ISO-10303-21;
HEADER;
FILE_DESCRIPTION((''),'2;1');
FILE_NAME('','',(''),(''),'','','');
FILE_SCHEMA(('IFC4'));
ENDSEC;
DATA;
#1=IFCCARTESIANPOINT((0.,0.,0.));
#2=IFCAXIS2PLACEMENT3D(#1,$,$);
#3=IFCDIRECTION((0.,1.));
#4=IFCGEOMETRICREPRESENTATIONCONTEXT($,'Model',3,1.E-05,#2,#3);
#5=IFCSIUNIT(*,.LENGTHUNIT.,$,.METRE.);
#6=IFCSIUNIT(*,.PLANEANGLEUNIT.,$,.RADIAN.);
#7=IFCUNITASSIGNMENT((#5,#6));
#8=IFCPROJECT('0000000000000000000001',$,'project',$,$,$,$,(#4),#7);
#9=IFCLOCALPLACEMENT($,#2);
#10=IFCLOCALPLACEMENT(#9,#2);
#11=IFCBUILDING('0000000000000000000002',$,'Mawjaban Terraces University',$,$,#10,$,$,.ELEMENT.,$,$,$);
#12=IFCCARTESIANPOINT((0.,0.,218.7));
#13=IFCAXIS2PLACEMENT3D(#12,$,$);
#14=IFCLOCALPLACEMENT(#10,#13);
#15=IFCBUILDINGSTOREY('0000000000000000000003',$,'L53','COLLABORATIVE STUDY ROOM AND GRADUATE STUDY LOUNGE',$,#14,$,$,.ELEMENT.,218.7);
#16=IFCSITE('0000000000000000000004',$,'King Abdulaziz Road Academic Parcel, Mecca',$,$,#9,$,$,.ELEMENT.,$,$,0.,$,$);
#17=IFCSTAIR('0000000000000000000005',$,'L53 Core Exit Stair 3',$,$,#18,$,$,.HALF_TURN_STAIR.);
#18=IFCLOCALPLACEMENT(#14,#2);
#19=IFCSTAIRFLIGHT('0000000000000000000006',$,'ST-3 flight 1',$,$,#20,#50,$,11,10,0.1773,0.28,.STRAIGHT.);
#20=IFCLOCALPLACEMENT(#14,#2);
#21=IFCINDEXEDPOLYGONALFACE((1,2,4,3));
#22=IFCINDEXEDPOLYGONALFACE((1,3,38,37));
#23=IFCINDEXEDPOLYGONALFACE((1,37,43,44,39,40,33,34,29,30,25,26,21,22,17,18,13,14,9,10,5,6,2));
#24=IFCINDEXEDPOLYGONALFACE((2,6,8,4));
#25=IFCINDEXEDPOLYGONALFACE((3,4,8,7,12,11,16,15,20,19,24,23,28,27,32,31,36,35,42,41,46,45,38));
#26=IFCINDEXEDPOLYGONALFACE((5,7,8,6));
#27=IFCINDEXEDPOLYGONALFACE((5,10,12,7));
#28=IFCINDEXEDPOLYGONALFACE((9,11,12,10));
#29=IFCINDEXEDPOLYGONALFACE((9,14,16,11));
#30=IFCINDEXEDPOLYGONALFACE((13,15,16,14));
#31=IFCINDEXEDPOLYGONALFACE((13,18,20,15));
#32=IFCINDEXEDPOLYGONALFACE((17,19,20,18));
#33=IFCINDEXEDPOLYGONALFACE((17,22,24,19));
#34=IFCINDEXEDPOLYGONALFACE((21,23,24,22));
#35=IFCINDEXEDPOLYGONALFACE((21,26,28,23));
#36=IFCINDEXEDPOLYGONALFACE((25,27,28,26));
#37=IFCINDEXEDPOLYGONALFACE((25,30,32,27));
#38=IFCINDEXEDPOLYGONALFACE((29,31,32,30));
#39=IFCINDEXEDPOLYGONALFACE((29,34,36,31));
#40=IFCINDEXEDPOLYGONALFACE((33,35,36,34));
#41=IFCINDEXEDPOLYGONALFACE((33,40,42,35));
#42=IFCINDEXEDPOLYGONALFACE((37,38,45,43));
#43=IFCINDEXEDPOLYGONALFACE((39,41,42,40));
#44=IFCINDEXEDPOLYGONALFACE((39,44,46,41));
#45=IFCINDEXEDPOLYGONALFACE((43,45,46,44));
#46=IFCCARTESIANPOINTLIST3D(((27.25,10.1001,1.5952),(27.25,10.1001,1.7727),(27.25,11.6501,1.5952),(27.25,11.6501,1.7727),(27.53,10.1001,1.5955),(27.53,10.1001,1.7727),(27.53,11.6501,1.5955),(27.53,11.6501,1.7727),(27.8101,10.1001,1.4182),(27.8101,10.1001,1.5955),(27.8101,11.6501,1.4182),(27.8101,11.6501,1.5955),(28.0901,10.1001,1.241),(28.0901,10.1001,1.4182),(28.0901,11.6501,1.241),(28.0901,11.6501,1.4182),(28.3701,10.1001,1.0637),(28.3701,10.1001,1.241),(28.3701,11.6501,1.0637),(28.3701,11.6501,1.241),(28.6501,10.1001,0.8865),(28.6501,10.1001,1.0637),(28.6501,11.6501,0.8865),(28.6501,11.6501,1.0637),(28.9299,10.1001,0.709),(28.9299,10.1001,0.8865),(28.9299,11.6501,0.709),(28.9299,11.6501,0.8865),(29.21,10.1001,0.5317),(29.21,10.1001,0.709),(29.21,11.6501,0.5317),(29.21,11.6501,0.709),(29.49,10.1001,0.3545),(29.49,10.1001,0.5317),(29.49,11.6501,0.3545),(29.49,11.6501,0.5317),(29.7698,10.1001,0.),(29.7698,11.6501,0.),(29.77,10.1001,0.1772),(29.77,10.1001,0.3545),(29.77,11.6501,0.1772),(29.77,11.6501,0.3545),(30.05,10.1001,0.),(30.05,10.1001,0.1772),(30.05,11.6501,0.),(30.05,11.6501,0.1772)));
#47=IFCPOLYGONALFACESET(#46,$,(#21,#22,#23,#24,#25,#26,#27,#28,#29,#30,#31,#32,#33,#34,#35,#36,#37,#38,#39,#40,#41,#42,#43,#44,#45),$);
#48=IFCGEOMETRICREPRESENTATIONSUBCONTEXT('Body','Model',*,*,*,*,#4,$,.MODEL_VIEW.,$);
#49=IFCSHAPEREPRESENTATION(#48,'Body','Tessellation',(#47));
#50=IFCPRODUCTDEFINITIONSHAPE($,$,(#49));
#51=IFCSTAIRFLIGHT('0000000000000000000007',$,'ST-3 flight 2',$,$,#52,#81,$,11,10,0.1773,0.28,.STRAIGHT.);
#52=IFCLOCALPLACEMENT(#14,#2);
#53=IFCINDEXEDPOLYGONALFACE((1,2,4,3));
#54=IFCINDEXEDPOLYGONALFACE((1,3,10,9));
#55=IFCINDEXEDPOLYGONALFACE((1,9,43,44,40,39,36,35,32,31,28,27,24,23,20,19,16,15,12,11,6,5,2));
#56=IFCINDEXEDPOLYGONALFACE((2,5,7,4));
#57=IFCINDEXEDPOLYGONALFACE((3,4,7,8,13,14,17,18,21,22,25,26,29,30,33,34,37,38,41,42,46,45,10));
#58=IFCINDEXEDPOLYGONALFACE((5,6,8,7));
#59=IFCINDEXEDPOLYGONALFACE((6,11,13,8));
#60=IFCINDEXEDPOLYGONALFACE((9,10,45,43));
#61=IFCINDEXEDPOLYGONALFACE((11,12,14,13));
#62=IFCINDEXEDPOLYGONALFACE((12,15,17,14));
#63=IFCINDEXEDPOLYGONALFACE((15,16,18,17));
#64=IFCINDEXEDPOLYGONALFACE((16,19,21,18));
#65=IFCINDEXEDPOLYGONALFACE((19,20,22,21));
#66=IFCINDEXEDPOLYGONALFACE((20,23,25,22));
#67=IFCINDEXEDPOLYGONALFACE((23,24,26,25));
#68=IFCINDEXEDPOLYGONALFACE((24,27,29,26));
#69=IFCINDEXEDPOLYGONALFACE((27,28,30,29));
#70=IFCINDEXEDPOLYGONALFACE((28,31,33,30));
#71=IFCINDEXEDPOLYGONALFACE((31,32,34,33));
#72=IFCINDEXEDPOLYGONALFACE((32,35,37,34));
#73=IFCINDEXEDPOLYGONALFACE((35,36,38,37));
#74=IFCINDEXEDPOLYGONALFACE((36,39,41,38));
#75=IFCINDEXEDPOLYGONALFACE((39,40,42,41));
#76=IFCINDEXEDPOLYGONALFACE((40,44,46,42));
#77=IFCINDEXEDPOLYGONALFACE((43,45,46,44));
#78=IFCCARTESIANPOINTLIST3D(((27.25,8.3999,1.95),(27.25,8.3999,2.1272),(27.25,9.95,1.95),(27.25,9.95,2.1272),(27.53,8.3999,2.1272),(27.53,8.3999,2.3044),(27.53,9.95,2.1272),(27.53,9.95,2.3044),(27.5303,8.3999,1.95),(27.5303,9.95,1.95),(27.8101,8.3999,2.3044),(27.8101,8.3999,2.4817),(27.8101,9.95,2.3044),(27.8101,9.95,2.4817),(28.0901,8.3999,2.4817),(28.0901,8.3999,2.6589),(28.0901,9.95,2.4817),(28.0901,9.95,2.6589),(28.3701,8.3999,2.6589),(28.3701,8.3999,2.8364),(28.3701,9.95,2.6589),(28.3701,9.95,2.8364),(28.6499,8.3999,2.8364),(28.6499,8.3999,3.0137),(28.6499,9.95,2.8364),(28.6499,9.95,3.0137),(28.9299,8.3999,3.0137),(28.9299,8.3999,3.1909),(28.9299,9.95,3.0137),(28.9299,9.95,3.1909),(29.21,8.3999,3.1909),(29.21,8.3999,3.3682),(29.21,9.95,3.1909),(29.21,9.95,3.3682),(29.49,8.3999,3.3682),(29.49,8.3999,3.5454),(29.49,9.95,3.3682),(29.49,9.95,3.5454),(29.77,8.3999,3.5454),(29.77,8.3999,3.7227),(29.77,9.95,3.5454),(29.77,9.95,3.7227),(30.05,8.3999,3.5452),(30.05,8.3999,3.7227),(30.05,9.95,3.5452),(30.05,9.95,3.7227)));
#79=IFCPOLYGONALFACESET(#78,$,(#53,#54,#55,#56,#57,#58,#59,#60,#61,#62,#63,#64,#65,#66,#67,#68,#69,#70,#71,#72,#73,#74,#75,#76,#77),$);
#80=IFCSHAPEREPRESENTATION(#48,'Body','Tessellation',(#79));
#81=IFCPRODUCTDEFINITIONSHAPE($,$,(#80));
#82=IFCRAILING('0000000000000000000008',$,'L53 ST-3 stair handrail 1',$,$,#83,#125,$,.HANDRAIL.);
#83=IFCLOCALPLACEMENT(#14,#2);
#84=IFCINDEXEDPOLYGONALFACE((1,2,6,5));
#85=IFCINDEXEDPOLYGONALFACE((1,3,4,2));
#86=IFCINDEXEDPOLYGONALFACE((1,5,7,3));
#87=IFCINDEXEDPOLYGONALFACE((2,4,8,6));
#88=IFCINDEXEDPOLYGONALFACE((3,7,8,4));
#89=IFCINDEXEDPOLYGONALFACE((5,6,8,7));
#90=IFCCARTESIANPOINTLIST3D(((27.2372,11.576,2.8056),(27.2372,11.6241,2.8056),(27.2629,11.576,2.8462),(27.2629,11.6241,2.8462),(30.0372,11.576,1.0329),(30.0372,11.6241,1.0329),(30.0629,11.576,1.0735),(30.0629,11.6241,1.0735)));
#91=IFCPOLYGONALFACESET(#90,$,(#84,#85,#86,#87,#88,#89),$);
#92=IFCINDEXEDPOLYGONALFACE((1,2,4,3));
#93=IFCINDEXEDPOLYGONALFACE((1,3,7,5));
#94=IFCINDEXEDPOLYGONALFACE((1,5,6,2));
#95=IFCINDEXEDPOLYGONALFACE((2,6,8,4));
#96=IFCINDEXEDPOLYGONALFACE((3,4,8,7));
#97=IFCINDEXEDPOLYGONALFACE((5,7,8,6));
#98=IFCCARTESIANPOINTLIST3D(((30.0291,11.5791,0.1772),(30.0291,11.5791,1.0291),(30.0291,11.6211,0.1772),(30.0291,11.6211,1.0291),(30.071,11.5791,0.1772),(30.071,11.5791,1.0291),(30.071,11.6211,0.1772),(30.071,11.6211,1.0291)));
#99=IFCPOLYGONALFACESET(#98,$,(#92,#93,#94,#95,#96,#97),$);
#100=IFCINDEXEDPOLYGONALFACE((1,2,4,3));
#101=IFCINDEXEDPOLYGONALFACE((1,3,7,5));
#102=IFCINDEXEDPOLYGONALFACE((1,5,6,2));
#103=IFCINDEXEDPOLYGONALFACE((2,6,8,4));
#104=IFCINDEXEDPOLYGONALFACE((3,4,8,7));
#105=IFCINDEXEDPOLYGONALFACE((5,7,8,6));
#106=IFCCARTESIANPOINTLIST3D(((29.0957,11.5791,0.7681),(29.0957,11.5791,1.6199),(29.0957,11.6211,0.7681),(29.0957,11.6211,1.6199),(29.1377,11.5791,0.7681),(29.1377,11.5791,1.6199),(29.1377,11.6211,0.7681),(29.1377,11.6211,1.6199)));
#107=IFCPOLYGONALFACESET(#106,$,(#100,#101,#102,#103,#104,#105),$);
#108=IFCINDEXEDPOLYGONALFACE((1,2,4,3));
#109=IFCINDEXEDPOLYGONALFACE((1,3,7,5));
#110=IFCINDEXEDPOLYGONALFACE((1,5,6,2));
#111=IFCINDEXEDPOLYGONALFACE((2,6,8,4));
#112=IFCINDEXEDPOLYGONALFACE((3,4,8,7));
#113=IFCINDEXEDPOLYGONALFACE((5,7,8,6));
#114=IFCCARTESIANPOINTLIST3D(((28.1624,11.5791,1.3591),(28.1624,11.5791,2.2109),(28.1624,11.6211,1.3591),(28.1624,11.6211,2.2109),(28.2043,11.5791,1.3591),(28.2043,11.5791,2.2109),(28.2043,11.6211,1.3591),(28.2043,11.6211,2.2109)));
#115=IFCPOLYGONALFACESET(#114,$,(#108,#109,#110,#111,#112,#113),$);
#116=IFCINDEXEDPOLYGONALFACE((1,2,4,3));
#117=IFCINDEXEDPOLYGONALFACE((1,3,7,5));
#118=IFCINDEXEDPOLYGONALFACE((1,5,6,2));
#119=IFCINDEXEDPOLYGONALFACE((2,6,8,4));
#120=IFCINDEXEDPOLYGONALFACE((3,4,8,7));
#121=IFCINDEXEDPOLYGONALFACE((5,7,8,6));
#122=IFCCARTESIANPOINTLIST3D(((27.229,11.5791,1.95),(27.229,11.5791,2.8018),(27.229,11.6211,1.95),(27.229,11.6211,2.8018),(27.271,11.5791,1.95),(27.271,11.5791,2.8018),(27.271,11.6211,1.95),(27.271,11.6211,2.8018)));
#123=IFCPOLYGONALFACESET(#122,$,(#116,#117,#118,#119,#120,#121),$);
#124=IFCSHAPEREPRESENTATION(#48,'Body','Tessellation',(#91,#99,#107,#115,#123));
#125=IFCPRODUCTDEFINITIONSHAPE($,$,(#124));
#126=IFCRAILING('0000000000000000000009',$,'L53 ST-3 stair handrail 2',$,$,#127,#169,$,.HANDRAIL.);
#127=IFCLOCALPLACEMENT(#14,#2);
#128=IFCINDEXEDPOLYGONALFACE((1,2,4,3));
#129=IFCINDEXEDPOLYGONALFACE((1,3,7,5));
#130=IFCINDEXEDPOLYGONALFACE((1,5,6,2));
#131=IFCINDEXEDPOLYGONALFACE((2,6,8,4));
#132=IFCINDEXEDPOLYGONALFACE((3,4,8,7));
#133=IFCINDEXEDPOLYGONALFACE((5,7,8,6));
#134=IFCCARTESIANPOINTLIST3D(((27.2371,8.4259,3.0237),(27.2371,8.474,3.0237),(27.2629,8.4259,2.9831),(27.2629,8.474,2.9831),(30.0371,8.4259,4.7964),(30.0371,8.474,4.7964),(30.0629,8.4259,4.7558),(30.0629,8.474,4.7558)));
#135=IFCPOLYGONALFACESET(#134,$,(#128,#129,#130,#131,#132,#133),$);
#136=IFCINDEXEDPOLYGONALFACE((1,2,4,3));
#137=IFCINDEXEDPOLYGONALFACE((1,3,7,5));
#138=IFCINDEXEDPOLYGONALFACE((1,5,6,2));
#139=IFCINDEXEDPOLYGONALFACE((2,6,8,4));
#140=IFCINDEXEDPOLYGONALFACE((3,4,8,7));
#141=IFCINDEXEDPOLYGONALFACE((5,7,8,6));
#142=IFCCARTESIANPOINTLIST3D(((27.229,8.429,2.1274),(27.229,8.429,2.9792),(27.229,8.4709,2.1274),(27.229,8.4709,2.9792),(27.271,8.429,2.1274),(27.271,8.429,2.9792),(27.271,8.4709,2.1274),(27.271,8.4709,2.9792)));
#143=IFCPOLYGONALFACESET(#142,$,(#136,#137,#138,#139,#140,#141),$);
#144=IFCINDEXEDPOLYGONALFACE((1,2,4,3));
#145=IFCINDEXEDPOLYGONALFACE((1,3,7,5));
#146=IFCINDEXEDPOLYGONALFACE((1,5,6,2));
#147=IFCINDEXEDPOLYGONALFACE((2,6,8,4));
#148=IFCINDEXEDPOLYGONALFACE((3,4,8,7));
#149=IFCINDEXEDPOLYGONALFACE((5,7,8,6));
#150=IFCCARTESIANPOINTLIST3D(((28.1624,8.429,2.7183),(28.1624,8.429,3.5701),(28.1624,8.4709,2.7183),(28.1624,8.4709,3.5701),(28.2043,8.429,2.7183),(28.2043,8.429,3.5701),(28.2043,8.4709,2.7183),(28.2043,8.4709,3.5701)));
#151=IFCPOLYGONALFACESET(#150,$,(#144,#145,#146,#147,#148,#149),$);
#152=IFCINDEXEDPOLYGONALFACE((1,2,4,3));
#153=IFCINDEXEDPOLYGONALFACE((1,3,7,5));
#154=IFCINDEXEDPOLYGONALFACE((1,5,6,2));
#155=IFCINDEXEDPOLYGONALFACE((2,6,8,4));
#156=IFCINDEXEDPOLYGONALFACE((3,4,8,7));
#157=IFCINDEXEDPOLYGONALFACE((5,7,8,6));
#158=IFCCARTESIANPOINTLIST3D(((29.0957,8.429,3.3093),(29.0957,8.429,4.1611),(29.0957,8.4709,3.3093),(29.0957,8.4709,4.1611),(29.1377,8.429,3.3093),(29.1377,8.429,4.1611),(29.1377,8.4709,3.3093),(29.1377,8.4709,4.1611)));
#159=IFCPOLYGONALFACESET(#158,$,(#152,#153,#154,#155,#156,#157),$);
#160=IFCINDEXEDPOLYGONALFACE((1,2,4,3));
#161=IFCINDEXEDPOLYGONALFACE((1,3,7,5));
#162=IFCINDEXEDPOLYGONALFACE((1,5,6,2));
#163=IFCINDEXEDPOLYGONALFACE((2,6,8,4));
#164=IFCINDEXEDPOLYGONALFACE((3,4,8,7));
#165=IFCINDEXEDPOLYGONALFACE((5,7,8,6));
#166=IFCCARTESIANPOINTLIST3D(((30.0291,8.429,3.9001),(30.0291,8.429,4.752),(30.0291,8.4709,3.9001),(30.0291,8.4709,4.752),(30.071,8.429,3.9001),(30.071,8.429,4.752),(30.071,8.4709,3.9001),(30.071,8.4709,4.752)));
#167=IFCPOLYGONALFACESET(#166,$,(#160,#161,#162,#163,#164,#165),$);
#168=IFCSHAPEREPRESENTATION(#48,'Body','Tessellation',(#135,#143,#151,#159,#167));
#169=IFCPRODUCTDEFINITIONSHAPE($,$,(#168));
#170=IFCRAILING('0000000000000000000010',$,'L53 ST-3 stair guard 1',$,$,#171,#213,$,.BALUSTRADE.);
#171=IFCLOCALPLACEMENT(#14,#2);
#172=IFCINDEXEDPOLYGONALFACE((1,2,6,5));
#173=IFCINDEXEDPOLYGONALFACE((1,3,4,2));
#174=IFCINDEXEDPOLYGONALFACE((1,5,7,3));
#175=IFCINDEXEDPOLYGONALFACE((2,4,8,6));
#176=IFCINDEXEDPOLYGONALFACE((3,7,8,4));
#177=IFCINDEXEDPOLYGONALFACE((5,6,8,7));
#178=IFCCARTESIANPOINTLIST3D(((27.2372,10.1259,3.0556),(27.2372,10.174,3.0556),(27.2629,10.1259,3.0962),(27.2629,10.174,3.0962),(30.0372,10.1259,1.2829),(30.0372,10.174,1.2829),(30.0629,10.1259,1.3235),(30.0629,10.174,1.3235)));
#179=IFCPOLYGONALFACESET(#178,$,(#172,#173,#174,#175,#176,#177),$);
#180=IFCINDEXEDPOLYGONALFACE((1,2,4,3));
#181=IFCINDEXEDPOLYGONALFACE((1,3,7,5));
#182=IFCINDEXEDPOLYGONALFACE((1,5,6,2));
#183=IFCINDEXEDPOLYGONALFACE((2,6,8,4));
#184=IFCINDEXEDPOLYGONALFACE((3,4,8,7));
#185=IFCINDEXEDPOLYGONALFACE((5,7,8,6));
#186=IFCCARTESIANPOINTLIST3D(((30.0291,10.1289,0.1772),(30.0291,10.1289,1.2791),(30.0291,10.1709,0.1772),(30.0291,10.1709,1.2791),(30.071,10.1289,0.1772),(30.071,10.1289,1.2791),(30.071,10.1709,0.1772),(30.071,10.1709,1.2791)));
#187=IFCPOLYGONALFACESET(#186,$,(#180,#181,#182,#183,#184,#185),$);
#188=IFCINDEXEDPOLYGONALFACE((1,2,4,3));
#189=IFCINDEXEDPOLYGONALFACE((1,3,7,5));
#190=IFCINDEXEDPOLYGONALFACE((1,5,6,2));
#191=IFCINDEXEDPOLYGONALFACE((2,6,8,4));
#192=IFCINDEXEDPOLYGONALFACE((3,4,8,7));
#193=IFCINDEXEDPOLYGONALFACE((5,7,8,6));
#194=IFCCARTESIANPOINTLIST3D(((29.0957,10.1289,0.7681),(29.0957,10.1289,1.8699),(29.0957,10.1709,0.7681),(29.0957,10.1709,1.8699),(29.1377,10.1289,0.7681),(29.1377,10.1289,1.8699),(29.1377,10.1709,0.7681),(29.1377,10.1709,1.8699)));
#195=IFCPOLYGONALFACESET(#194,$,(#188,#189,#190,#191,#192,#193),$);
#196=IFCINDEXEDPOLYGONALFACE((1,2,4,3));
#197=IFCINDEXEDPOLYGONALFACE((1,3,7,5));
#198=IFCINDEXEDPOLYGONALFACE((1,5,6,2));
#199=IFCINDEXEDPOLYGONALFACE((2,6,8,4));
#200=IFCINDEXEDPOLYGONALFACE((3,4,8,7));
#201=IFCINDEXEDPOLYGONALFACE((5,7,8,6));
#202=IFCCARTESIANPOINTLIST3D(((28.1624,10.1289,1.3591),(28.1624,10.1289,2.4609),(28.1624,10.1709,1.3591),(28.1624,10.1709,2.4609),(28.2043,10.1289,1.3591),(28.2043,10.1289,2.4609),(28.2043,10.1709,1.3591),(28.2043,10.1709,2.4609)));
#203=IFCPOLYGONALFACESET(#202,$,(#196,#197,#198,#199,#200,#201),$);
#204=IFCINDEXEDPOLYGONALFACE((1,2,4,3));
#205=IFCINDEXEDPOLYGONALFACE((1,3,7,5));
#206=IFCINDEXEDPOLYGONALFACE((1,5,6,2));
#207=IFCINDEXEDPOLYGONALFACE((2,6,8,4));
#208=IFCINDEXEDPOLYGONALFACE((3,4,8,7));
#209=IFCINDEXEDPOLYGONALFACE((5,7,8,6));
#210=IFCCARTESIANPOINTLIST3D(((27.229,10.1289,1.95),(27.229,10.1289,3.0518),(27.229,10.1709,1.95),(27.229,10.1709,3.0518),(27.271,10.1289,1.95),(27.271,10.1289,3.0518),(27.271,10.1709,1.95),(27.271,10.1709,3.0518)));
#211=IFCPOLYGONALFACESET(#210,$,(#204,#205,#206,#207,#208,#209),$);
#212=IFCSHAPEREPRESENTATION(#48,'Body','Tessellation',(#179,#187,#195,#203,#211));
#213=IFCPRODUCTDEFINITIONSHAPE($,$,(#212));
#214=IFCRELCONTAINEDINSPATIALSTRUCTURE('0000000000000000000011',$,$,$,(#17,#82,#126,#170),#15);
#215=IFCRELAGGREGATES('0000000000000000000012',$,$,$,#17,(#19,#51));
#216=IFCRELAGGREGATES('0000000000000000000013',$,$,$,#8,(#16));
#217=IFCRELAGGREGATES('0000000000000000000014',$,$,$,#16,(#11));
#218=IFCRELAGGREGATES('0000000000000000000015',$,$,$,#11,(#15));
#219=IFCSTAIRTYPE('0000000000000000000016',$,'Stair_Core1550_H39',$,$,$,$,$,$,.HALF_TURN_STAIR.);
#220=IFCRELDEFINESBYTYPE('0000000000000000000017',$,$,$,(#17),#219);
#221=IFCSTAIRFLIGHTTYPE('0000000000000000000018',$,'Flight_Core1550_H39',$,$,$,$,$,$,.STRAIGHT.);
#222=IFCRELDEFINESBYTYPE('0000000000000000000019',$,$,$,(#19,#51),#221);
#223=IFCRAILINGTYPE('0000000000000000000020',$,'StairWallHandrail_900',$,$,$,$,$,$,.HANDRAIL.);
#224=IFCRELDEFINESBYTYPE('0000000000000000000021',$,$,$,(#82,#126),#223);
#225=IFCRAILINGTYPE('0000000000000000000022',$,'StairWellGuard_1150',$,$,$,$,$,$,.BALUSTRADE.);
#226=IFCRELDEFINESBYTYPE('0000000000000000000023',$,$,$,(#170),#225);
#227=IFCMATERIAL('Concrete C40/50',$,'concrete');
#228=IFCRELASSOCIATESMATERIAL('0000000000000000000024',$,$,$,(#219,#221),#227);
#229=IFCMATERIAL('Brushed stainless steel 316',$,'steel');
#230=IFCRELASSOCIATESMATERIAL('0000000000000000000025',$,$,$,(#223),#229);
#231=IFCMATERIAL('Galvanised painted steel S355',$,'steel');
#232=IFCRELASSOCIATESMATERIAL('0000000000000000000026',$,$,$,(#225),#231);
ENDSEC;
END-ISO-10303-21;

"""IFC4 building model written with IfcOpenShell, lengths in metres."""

from ifc_helpers import new_model, si_unit, direction, frame, origin, origin_2d, place, context, subcontext, project, spatial, polyline, rectangle, outline, extrude, material, type_object, element, aggregate, save


model = new_model("IFC4")

# Units and contexts
model_context = context("Model", 3, precision=1e-05, world=origin(), true_north=direction((0.0, 1.0)))
body_context = subcontext(model_context, "Body", "Model", "MODEL_VIEW")
ifc_project = project(units=[si_unit("LENGTHUNIT", "METRE"), si_unit("PLANEANGLEUNIT", "RADIAN")], contexts=[model_context])

# Site, building, storey
site_placement = place(None, origin())
site = spatial("IfcSite", under=ifc_project, at=site_placement, Name="King Abdulaziz Road Academic Parcel, Mecca", CompositionType="ELEMENT", RefElevation=0.0)
building_placement = place(site_placement, origin())
building = spatial("IfcBuilding", under=site, at=building_placement, Name="Mawjaban Terraces University", CompositionType="ELEMENT")
storey_placement = place(building_placement, frame((0.0, 0.0, 218.7)))
storey = spatial("IfcBuildingStorey", under=building, at=storey_placement, Name="L53", Description="COLLABORATIVE STUDY ROOM AND GRADUATE STUDY LOUNGE", CompositionType="ELEMENT", Elevation=218.7)

# Shared definitions
ifc_material_1 = material(Name="Concrete C40/50", Category="concrete")

# Stair, stair flights
stair_type = type_object("IfcStairType", Name="Stair_Core1550_H39", PredefinedType="HALF_TURN_STAIR", material=ifc_material_1)
stair_placement = place(storey_placement, origin())
stair = element("IfcStair", 1, at=stair_placement, inside=storey, type_object=stair_type, Name="L53 Core Exit Stair 3", PredefinedType="HALF_TURN_STAIR")
stair_flight_type = type_object("IfcStairFlightType", Name="Flight_Core1550_H39", PredefinedType="STRAIGHT", material=ifc_material_1)
stair_flight_1_placement = place(storey_placement, frame((30.05, 10.875, 0.0), z_axis=(0.0, 0.0, 1.0), x_axis=(-1.0, 0.0, 0.0)))
stair_flight_1 = element("IfcStairFlight", 2, at=stair_flight_1_placement, type_object=stair_flight_type, Name="ST-3 flight 1", NumberOfRisers=11, NumberOfTreads=10, PredefinedType="STRAIGHT", RiserHeight=0.1773, TreadLength=0.28, context=body_context, shape_type="SweptSolid", body=[
    extrude(outline(polyline([(0.0, 0.0), (0.0, 0.1772), (0.28, 0.1772), (0.28, 0.3545), (0.5601, 0.3545), (0.5601, 0.5317), (0.8401, 0.5317), (0.8401, 0.709), (1.1201, 0.709), (1.1201, 0.8865), (1.3999, 0.8865), (1.3999, 1.0637), (1.6799, 1.0637), (1.6799, 1.241), (1.96, 1.241), (1.96, 1.4182), (2.24, 1.4182), (2.24, 1.5955), (2.52, 1.5955), (2.52, 1.7727), (2.8, 1.7727), (2.8, 1.95), (2.8, 1.5952), (0.2803, 0.0), (0.0, 0.0)])), frame((0.0, 0.7749, 0.0), z_axis=(0.0, -1.0, 0.0), x_axis=(1.0, 0.0, 0.0)), (0.0, 0.0, 1.0), 1.55),
])
stair_flight_2_placement = place(storey_placement, frame((27.25, 9.175, 1.95), z_axis=(0.0, 0.0, 1.0), x_axis=(1.0, 0.0, 0.0)))
stair_flight_2 = element("IfcStairFlight", 3, at=stair_flight_2_placement, type_object=stair_flight_type, Name="ST-3 flight 2", NumberOfRisers=11, NumberOfTreads=10, PredefinedType="STRAIGHT", RiserHeight=0.1773, TreadLength=0.28, context=body_context, shape_type="SweptSolid", body=[
    extrude(outline(polyline([(0.0, 0.0), (0.0, 0.1772), (0.28, 0.1772), (0.28, 0.3545), (0.5601, 0.3545), (0.5601, 0.5317), (0.8401, 0.5317), (0.8401, 0.709), (1.1201, 0.709), (1.1201, 0.8865), (1.3999, 0.8865), (1.3999, 1.0637), (1.6799, 1.0637), (1.6799, 1.241), (1.96, 1.241), (1.96, 1.4182), (2.24, 1.4182), (2.24, 1.5955), (2.52, 1.5955), (2.52, 1.7727), (2.8, 1.7727), (2.8, 1.95), (2.8, 1.5952), (0.2803, 0.0), (0.0, 0.0)])), frame((0.0, 0.7749, 0.0), z_axis=(0.0, -1.0, 0.0), x_axis=(1.0, 0.0, 0.0)), (0.0, 0.0, 1.0), 1.55),
])
aggregate(stair, [stair_flight_1, stair_flight_2])

# Railings
ifc_material_2 = material(Name="Brushed stainless steel 316", Category="steel")
railing_type_1 = type_object("IfcRailingType", Name="StairWallHandrail_900", PredefinedType="HANDRAIL", material=ifc_material_2)
railing_1_placement = place(storey_placement, frame((30.05, 11.6001, 0.1772)))
element("IfcRailing", 4, at=railing_1_placement, inside=storey, type_object=railing_type_1, Name="L53 ST-3 stair handrail 1", PredefinedType="HANDRAIL", context=body_context, shape_type="SweptSolid", body=[
    extrude(rectangle(XDim=0.0481, YDim=0.0481, at=origin_2d()), frame((0.0, 0.0, 0.876), z_axis=(-0.844909, 0.0, 0.53491), x_axis=(0.0, -1.0, 0.0)), (0.0, 0.0, 1.0), 3.314),
    extrude(rectangle(XDim=0.042, YDim=0.042, at=origin_2d()), origin(), (0.0, 0.0, 1.0), 0.8518),
    extrude(rectangle(XDim=0.042, YDim=0.042, at=origin_2d()), frame((-0.9333, 0.0, 0.5908)), (0.0, 0.0, 1.0), 0.8518),
    extrude(rectangle(XDim=0.042, YDim=0.042, at=origin_2d()), frame((-1.8667, 0.0, 1.1819)), (0.0, 0.0, 1.0), 0.8518),
    extrude(rectangle(XDim=0.042, YDim=0.042, at=origin_2d()), frame((-2.8, 0.0, 1.7727)), (0.0, 0.0, 1.0), 0.8518),
])
railing_2_placement = place(storey_placement, frame((27.25, 8.45, 2.1274)))
element("IfcRailing", 5, at=railing_2_placement, inside=storey, type_object=railing_type_1, Name="L53 ST-3 stair handrail 2", PredefinedType="HANDRAIL", context=body_context, shape_type="SweptSolid", body=[
    extrude(rectangle(XDim=0.0481, YDim=0.0481, at=origin_2d()), frame((0.0, 0.0, 0.876), z_axis=(0.844909, 0.0, 0.53491), x_axis=(0.0, 1.0, 0.0)), (0.0, 0.0, 1.0), 3.314),
    extrude(rectangle(XDim=0.042, YDim=0.042, at=origin_2d()), origin(), (0.0, 0.0, 1.0), 0.8518),
    extrude(rectangle(XDim=0.042, YDim=0.042, at=origin_2d()), frame((0.9333, 0.0, 0.5908)), (0.0, 0.0, 1.0), 0.8518),
    extrude(rectangle(XDim=0.042, YDim=0.042, at=origin_2d()), frame((1.8667, 0.0, 1.1819)), (0.0, 0.0, 1.0), 0.8518),
    extrude(rectangle(XDim=0.042, YDim=0.042, at=origin_2d()), frame((2.8, 0.0, 1.7727)), (0.0, 0.0, 1.0), 0.8518),
])
ifc_material_3 = material(Name="Galvanised painted steel S355", Category="steel")
railing_type_2 = type_object("IfcRailingType", Name="StairWellGuard_1150", PredefinedType="BALUSTRADE", material=ifc_material_3)
railing_3_placement = place(storey_placement, frame((30.05, 10.1499, 0.1772)))
element("IfcRailing", 6, at=railing_3_placement, inside=storey, type_object=railing_type_2, Name="L53 ST-3 stair guard 1", PredefinedType="BALUSTRADE", context=body_context, shape_type="SweptSolid", body=[
    extrude(rectangle(XDim=0.0481, YDim=0.0481, at=origin_2d()), frame((0.0, 0.0, 1.126), z_axis=(-0.844909, 0.0, 0.53491), x_axis=(0.0, -1.0, 0.0)), (0.0, 0.0, 1.0), 3.314),
    extrude(rectangle(XDim=0.042, YDim=0.042, at=origin_2d()), origin(), (0.0, 0.0, 1.0), 1.1018),
    extrude(rectangle(XDim=0.042, YDim=0.042, at=origin_2d()), frame((-0.9333, 0.0, 0.5908)), (0.0, 0.0, 1.0), 1.1018),
    extrude(rectangle(XDim=0.042, YDim=0.042, at=origin_2d()), frame((-1.8667, 0.0, 1.1819)), (0.0, 0.0, 1.0), 1.1018),
    extrude(rectangle(XDim=0.042, YDim=0.042, at=origin_2d()), frame((-2.8, 0.0, 1.7727)), (0.0, 0.0, 1.0), 1.1018),
])

save(model, "model.ifc")
